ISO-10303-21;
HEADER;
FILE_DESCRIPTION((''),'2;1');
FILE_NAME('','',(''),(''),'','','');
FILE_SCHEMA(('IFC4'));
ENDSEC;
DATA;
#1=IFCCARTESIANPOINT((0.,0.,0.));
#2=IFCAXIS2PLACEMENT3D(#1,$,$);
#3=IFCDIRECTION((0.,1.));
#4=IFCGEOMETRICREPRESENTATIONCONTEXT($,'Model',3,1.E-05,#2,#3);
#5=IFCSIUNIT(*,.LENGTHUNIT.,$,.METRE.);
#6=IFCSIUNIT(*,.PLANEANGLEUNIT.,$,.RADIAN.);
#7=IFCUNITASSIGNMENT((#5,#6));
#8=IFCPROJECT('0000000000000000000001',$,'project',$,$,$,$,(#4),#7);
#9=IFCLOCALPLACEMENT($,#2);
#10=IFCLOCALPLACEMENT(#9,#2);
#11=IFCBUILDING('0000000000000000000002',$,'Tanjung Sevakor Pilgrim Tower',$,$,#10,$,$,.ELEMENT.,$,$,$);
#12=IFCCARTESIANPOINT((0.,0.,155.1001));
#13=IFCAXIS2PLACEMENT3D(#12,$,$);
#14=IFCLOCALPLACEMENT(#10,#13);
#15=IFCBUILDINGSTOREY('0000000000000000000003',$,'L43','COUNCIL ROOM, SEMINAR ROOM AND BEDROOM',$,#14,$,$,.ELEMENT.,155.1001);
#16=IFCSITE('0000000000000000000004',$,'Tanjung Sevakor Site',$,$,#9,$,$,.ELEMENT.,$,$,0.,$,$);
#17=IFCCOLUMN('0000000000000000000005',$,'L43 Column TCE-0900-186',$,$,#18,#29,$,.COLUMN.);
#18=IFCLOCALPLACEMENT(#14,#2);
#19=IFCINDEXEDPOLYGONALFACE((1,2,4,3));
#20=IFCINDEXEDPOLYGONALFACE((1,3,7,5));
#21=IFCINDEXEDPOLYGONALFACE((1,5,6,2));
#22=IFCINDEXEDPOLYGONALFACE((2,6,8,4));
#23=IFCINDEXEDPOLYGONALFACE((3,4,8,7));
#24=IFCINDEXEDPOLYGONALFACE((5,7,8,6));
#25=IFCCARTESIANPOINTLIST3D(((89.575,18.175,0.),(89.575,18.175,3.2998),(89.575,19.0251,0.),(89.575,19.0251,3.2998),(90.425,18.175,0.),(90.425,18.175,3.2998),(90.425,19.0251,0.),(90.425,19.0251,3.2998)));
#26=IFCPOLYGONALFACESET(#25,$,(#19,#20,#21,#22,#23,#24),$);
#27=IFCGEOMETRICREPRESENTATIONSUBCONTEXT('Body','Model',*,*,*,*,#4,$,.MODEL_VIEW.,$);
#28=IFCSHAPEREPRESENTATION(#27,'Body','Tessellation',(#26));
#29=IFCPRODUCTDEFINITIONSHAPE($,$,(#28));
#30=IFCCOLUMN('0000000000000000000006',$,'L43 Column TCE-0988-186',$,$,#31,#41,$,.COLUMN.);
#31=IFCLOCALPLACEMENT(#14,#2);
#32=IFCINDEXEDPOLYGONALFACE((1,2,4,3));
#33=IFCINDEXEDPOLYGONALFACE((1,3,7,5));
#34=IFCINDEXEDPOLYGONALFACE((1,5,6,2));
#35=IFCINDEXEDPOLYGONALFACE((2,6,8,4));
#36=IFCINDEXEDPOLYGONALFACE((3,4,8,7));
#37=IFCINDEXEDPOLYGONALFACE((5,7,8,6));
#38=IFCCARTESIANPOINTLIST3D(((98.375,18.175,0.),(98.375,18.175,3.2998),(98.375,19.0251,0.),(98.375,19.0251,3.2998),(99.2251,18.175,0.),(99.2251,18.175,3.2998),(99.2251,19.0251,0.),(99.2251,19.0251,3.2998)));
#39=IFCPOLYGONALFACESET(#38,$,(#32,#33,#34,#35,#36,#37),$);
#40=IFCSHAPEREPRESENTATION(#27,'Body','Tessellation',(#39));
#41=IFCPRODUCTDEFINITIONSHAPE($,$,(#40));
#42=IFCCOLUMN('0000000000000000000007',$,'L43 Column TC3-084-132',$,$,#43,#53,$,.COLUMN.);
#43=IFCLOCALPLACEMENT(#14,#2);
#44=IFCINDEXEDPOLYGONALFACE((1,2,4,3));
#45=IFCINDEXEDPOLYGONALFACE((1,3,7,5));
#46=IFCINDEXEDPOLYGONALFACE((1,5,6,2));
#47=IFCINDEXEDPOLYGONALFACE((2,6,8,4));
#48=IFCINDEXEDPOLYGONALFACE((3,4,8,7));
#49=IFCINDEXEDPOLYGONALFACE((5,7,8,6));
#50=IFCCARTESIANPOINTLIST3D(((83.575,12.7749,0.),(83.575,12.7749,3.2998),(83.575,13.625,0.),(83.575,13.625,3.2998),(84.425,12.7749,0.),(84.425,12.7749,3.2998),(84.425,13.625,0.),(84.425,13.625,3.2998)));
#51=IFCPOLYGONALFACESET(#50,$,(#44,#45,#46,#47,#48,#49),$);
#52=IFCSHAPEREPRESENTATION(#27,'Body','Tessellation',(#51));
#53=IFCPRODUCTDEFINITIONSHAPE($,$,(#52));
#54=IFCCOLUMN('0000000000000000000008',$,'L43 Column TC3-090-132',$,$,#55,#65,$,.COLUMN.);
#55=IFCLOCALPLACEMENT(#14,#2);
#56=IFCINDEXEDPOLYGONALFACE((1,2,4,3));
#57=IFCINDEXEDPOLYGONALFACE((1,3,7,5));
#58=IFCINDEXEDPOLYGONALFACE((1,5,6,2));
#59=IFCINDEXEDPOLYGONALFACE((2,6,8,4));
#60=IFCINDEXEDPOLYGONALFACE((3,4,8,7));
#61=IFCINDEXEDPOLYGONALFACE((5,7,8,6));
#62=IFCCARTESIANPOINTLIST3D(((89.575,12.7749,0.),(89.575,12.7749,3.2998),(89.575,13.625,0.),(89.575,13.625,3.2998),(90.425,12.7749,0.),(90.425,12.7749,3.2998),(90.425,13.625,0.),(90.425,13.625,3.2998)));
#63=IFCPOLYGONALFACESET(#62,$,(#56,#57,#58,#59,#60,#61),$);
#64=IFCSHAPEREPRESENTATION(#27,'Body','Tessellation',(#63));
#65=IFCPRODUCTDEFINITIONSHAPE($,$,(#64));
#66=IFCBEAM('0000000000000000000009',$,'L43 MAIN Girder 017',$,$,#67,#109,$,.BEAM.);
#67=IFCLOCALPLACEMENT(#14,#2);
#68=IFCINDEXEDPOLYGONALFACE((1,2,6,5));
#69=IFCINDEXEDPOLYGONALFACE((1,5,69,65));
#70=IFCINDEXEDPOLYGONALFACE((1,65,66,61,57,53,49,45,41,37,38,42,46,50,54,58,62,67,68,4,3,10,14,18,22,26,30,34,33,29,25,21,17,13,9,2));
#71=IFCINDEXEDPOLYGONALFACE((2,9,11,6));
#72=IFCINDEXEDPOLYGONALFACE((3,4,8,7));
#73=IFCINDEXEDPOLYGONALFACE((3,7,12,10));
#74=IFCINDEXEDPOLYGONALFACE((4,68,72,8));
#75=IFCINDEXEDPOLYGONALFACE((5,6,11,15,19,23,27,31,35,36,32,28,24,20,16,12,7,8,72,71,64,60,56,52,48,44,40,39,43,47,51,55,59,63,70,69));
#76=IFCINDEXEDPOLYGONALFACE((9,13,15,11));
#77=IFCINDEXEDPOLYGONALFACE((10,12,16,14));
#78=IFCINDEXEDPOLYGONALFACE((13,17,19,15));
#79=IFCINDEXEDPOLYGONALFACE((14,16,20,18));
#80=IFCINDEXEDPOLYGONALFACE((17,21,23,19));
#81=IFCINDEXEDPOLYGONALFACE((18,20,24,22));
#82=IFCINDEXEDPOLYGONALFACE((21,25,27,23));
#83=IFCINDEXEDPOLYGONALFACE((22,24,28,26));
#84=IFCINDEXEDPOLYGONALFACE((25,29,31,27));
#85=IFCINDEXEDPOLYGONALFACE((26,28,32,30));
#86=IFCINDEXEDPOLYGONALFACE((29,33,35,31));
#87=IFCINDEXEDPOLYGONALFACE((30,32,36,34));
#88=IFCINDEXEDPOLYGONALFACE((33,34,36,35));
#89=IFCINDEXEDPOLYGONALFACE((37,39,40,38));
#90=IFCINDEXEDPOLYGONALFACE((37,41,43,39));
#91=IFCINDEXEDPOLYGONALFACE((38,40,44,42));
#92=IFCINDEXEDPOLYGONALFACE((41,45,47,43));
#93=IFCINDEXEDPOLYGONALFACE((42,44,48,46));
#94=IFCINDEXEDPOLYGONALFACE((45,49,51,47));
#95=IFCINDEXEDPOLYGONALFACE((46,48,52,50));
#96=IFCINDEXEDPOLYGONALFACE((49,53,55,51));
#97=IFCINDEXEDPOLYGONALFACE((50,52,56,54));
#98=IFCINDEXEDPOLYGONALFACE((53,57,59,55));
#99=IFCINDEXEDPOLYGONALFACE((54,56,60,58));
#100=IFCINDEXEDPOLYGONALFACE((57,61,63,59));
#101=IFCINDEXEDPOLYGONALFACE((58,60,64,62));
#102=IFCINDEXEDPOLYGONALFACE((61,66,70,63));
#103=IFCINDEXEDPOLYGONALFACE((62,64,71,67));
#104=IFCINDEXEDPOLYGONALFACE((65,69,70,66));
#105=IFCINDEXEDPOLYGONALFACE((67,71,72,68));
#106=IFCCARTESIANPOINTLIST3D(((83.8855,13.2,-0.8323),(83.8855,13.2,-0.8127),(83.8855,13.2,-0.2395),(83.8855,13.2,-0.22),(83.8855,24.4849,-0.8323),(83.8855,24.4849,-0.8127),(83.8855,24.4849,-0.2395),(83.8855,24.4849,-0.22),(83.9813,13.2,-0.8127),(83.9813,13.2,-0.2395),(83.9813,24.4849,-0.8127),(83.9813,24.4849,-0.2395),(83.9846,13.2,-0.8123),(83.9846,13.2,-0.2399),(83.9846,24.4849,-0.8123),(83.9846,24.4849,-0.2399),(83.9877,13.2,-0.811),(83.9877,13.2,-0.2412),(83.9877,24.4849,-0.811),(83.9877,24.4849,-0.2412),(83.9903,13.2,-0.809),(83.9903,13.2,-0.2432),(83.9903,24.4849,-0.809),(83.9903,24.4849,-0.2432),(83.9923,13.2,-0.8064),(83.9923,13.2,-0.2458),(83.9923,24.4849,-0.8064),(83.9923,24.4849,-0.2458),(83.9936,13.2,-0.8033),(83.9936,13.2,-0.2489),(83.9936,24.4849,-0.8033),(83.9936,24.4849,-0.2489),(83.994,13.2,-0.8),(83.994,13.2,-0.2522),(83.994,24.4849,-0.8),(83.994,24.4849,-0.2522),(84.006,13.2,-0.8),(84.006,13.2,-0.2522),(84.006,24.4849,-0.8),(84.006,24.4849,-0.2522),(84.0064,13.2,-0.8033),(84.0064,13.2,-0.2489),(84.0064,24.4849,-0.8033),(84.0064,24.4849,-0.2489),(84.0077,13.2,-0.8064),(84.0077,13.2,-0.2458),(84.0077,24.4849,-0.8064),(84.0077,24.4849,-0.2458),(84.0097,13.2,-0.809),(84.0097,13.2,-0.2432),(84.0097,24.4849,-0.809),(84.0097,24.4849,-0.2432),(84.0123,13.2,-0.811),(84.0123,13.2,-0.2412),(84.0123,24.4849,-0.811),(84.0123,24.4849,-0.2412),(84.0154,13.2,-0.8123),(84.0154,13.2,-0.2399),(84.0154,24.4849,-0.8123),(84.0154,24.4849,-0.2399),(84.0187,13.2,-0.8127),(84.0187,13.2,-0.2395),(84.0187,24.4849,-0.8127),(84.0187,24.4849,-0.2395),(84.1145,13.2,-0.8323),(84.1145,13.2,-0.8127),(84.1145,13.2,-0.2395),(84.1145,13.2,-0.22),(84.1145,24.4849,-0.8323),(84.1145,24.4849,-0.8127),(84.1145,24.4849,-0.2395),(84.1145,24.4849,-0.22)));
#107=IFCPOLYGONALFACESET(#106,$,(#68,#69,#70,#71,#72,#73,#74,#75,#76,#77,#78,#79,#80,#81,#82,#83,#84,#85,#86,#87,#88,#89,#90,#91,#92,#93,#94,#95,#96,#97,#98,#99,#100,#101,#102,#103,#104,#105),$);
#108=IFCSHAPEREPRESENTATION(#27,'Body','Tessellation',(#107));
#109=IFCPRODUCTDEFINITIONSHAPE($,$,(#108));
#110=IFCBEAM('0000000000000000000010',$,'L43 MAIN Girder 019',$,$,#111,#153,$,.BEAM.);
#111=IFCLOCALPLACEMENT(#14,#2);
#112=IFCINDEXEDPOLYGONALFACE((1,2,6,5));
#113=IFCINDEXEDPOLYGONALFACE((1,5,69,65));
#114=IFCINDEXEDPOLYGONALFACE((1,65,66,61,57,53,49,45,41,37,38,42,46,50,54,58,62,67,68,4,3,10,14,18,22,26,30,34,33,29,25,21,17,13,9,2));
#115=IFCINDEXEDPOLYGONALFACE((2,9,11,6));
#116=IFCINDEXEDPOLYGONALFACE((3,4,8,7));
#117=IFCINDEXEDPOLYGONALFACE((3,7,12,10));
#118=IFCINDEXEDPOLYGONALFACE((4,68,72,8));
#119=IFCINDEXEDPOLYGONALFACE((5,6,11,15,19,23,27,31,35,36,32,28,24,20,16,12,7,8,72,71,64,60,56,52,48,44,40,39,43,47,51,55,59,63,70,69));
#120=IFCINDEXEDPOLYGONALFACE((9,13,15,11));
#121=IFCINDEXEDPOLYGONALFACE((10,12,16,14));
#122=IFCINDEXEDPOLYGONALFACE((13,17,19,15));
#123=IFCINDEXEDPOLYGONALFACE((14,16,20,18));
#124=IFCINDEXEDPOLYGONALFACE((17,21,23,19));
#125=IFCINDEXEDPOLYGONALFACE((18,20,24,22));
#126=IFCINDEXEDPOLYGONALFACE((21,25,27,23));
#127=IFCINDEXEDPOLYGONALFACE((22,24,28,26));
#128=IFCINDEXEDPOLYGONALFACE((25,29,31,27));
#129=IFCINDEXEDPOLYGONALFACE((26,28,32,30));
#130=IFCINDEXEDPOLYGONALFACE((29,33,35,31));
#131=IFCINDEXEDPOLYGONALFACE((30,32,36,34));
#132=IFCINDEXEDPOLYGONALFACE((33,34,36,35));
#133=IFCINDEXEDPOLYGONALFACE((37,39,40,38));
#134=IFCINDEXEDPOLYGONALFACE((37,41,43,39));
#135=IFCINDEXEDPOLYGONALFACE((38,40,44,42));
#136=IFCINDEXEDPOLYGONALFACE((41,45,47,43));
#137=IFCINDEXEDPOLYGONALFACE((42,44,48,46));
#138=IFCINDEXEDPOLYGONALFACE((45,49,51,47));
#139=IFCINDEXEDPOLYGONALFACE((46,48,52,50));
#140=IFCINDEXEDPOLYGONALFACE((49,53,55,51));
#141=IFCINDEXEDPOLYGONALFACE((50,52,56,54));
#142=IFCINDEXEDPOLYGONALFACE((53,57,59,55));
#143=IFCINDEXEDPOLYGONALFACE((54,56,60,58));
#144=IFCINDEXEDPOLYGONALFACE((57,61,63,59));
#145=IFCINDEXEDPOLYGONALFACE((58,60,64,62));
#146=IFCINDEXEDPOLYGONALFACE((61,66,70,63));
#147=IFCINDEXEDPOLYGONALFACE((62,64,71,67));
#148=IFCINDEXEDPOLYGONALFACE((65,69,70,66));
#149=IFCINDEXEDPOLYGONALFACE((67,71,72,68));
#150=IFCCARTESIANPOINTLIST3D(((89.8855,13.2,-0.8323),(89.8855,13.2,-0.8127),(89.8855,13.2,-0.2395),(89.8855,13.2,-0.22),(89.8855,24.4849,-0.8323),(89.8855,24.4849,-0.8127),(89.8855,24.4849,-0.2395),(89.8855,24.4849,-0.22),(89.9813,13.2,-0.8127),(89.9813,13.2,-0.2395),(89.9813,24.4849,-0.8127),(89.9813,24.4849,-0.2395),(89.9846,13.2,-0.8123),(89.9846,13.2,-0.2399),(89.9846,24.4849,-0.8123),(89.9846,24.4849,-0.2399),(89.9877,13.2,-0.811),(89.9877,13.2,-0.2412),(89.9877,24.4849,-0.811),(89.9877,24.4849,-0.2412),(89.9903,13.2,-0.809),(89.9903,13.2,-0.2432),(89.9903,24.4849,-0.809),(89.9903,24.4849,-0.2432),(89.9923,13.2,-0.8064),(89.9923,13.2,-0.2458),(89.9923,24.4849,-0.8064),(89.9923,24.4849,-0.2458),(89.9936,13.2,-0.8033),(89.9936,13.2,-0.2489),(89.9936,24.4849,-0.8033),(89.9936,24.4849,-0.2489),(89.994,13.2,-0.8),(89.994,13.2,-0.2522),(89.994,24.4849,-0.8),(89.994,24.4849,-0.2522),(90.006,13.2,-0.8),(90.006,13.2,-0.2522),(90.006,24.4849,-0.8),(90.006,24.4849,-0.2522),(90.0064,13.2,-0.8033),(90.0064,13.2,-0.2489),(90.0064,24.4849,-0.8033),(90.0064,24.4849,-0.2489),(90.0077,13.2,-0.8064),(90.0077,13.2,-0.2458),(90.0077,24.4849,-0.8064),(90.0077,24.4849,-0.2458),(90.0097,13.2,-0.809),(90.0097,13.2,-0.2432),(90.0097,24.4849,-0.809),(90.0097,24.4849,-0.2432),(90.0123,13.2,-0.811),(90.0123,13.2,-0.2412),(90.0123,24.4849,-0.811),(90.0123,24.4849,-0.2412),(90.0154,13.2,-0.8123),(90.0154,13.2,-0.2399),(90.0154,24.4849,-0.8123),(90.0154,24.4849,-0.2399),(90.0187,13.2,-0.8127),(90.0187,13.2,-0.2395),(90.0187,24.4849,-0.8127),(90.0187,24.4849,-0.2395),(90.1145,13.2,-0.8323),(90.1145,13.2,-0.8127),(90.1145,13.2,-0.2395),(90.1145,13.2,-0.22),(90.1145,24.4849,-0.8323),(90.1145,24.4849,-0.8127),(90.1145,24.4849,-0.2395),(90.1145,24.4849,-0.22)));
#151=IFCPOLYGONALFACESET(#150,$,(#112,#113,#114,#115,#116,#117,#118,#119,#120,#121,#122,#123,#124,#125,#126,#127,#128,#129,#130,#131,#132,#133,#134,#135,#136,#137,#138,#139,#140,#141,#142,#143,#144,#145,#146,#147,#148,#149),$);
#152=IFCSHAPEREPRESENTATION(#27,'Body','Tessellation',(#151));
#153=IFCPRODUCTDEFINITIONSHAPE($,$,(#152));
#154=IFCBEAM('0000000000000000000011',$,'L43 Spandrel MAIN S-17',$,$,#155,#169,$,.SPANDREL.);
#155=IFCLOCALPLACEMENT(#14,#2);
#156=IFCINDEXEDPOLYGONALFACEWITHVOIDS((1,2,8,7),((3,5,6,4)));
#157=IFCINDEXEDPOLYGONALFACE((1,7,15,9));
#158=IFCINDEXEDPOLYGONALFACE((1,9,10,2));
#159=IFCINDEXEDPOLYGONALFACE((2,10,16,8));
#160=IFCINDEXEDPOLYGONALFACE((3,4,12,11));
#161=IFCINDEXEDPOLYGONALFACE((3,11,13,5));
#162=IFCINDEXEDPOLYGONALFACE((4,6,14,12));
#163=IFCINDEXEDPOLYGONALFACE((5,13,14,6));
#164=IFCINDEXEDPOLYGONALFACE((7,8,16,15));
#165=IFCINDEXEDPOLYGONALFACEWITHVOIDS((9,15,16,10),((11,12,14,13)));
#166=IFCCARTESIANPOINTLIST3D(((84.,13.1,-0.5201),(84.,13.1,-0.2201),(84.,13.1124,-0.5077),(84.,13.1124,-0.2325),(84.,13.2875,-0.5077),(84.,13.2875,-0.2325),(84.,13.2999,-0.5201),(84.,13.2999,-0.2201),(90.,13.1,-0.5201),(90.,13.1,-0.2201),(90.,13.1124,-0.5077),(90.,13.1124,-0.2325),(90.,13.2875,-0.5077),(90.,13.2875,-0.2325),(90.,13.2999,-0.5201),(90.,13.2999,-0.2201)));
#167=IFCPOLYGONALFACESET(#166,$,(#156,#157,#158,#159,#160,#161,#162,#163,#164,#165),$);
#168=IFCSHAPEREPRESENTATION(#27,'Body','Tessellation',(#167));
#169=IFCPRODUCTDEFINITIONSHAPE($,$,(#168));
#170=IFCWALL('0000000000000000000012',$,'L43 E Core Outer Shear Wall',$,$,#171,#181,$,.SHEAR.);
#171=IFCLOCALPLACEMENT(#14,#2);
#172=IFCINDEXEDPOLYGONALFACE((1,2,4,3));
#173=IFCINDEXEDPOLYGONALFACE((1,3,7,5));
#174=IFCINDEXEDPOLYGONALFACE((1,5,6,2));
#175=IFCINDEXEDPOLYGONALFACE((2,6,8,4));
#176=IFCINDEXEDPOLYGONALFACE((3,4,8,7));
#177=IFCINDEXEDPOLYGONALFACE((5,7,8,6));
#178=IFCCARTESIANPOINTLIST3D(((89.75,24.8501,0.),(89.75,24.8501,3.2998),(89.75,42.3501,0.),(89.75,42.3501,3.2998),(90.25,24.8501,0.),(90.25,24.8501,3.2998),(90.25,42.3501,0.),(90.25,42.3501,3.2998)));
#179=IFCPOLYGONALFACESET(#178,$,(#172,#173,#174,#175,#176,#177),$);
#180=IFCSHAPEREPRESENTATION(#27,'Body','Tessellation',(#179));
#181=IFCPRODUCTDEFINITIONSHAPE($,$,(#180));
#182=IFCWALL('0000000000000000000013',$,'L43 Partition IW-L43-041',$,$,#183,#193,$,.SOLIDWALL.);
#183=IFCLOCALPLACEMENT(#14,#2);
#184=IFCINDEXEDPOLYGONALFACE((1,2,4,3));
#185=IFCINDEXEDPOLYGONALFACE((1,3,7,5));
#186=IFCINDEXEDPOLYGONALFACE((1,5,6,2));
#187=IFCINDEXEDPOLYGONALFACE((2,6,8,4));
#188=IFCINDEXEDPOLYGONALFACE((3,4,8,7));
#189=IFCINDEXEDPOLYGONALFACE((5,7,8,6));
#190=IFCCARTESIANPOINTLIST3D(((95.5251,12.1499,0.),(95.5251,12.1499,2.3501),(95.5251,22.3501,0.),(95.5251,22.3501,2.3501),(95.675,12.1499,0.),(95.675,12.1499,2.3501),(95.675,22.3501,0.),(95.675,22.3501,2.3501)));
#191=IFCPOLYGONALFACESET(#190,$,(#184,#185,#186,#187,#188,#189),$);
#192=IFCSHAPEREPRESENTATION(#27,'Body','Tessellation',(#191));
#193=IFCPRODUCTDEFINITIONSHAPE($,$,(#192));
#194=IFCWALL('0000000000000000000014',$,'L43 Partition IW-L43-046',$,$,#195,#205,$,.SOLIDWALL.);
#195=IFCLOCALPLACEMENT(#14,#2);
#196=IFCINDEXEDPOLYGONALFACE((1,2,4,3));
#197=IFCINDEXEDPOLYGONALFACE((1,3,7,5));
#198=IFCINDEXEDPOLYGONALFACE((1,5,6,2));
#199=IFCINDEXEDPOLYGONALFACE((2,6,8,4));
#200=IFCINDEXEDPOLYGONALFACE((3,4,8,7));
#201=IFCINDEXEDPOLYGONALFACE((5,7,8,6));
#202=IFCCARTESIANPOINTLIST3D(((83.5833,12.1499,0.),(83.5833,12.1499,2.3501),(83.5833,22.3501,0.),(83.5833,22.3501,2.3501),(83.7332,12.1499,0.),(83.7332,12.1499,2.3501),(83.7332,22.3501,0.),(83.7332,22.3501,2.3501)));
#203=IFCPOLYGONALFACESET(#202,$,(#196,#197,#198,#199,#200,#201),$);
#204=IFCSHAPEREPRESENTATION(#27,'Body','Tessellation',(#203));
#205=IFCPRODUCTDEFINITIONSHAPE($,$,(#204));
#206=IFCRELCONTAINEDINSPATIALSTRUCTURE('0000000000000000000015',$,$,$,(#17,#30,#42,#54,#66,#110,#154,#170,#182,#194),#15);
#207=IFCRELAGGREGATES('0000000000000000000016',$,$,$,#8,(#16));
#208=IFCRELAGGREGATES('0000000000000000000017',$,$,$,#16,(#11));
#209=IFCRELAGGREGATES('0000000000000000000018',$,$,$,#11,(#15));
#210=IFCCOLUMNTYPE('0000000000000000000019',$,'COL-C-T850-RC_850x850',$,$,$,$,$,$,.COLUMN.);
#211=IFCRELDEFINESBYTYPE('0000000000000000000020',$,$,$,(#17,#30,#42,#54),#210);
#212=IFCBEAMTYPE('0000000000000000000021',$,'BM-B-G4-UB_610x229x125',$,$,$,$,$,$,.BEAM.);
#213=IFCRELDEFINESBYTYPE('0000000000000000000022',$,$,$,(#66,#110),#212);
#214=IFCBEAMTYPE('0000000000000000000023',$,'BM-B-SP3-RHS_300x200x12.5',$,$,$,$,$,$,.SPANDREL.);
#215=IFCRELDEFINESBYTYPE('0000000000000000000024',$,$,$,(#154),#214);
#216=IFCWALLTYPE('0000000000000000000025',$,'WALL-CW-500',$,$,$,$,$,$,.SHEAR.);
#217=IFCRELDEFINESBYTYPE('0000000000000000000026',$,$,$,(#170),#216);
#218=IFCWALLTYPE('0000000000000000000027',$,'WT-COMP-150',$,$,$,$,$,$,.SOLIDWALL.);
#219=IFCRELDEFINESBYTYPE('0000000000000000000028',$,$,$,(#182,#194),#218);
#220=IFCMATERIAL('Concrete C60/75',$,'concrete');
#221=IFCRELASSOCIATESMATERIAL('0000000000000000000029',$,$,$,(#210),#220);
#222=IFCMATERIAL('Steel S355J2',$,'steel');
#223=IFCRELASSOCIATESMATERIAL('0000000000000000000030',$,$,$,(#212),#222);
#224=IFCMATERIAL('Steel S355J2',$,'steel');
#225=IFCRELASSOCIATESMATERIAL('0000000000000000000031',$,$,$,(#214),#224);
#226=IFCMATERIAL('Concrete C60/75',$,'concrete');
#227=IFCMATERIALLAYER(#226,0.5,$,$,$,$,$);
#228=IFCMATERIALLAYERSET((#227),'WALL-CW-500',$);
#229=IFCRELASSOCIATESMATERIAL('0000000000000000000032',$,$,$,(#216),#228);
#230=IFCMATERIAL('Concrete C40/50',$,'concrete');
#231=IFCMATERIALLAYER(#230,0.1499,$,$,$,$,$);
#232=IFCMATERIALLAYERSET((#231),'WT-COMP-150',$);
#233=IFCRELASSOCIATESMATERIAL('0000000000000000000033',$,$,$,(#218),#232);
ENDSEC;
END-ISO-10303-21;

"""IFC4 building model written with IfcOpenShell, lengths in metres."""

from ifc_helpers import new_model, si_unit, direction, frame, frame_2d, origin, origin_2d, place, context, subcontext, project, spatial, rectangle, hollow_rectangle, i_section, extrude, material, layer, layer_set, material_profile, profile_set, type_object, element, save


model = new_model("IFC4")

# Units and contexts
model_context = context("Model", 3, precision=1e-05, world=origin(), true_north=direction((0.0, 1.0)))
body_context = subcontext(model_context, "Body", "Model", "MODEL_VIEW")
ifc_project = project(units=[si_unit("LENGTHUNIT", "METRE"), si_unit("PLANEANGLEUNIT", "RADIAN")], contexts=[model_context])

# Site, building, storey
site_placement = place(None, origin())
site = spatial("IfcSite", under=ifc_project, at=site_placement, Name="Tanjung Sevakor Site", CompositionType="ELEMENT", RefElevation=0.0)
building_placement = place(site_placement, origin())
building = spatial("IfcBuilding", under=site, at=building_placement, Name="Tanjung Sevakor Pilgrim Tower", CompositionType="ELEMENT")
storey_placement = place(building_placement, frame((0.0, 0.0, 155.1001)))
storey = spatial("IfcBuildingStorey", under=building, at=storey_placement, Name="L43", Description="COUNCIL ROOM, SEMINAR ROOM AND BEDROOM", CompositionType="ELEMENT", Elevation=155.1001)

# Columns
ifc_material_1 = material(Name="Concrete C60/75", Category="concrete")
ifc_material_profile_1 = material_profile(ifc_material_1, rectangle(XDim=0.8501, YDim=0.8501, at=origin_2d()))
ifc_profile_set_1 = profile_set([ifc_material_profile_1], Name="Concrete C60/75")
column_type = type_object("IfcColumnType", Name="COL-C-T850-RC_850x850", PredefinedType="COLUMN", material=ifc_profile_set_1)
for number, where, z_axis, x_axis, name in (
    (1, (90.0, 18.6001, 0.0), (0.0, 0.0, 1.0), (1.0, 0.0, 0.0), "L43 Column TCE-0900-186"),
    (2, (98.8, 18.6001, 0.0), (0.0, 0.0, 1.0), (1.0, 0.0, 0.0), "L43 Column TCE-0988-186"),
    (3, (84.0, 13.2, 0.0), (0.0, 0.0, 1.0), (1.0, 0.0, 0.0), "L43 Column TC3-084-132"),
    (4, (90.0, 13.2, 0.0), (0.0, 0.0, 1.0), (1.0, 0.0, 0.0), "L43 Column TC3-090-132"),
):
    element("IfcColumn", number, at=place(storey_placement, frame(where, z_axis=z_axis, x_axis=x_axis)), inside=storey, type_object=column_type, Name=name, PredefinedType="COLUMN", context=body_context, shape_type="SweptSolid", body=[
        extrude(rectangle(XDim=0.8501, YDim=0.8501, at=origin_2d()), origin(), (0.0, 0.0, 1.0), 3.2998),
    ])

# Beams
ifc_material_2 = material(Name="Steel S355J2", Category="steel")
ifc_material_profile_2 = material_profile(ifc_material_2, i_section(OverallWidth=0.229, OverallDepth=0.6123, WebThickness=0.012, FlangeThickness=0.0195, FilletRadius=0.0127, at=origin_2d()))
ifc_profile_set_2 = profile_set([ifc_material_profile_2], Name="Steel S355J2")
beam_type_1 = type_object("IfcBeamType", Name="BM-B-G4-UB_610x229x125", PredefinedType="BEAM", material=ifc_profile_set_2)
for number, where, z_axis, x_axis, name in (
    (5, (84.0, 13.2, -0.5261), (0.0, 1.0, 0.0), (-1.0, 0.0, 0.0), "L43 MAIN Girder 017"),
    (6, (90.0, 13.2, -0.5261), (0.0, 1.0, 0.0), (-1.0, 0.0, 0.0), "L43 MAIN Girder 019"),
):
    element("IfcBeam", number, at=place(storey_placement, frame(where, z_axis=z_axis, x_axis=x_axis)), inside=storey, type_object=beam_type_1, Name=name, PredefinedType="BEAM", context=body_context, shape_type="SweptSolid", body=[
        extrude(i_section(OverallWidth=0.229, OverallDepth=0.6123, WebThickness=0.012, FlangeThickness=0.0195, FilletRadius=0.0127, at=origin_2d()), origin(), (0.0, 0.0, 1.0), 11.2849),
    ])
ifc_material_3 = material(Name="Steel S355J2", Category="steel")
ifc_material_profile_3 = material_profile(ifc_material_3, hollow_rectangle(XDim=0.2, YDim=0.3, WallThickness=0.0125, at=origin_2d()))
ifc_profile_set_3 = profile_set([ifc_material_profile_3], Name="Steel S355J2")
beam_type_2 = type_object("IfcBeamType", Name="BM-B-SP3-RHS_300x200x12.5", PredefinedType="SPANDREL", material=ifc_profile_set_3)
beam_placement = place(storey_placement, frame((84.0, 13.2, -0.3701), z_axis=(1.0, 0.0, 0.0), x_axis=(0.0, 1.0, 0.0)))
element("IfcBeam", 7, at=beam_placement, inside=storey, type_object=beam_type_2, Name="L43 Spandrel MAIN S-17", PredefinedType="SPANDREL", context=body_context, shape_type="SweptSolid", body=[
    extrude(hollow_rectangle(XDim=0.2, YDim=0.3, WallThickness=0.0125, at=origin_2d()), origin(), (0.0, 0.0, 1.0), 6.0),
])

# Wall
ifc_material_4 = material(Name="Concrete C60/75", Category="concrete")
ifc_layer_1 = layer(ifc_material_4, 0.5)
ifc_layer_set_1 = layer_set([ifc_layer_1], Name="WALL-CW-500")
wall_type_1 = type_object("IfcWallType", Name="WALL-CW-500", PredefinedType="SHEAR", material=ifc_layer_set_1)
wall_1_placement = place(storey_placement, frame((90.0, 24.8501, 0.0), z_axis=(0.0, 0.0, 1.0), x_axis=(0.0, 1.0, 0.0)))
element("IfcWall", 8, at=wall_1_placement, inside=storey, type_object=wall_type_1, Name="L43 E Core Outer Shear Wall", PredefinedType="SHEAR", context=body_context, shape_type="SweptSolid", body=[
    extrude(rectangle(XDim=17.5, YDim=0.5, at=frame_2d((8.75, 0.0))), origin(), (0.0, 0.0, 1.0), 3.2998),
])

# Walls
ifc_material_5 = material(Name="Concrete C40/50", Category="concrete")
ifc_layer_2 = layer(ifc_material_5, 0.1499)
ifc_layer_set_2 = layer_set([ifc_layer_2], Name="WT-COMP-150")
wall_type_2 = type_object("IfcWallType", Name="WT-COMP-150", PredefinedType="SOLIDWALL", material=ifc_layer_set_2)
for number, where, z_axis, x_axis, name in (
    (9, (95.6001, 12.1499, 0.0), (0.0, 0.0, 1.0), (0.0, 1.0, 0.0), "L43 Partition IW-L43-041"),
    (10, (83.6582, 12.1499, 0.0), (0.0, 0.0, 1.0), (0.0, 1.0, 0.0), "L43 Partition IW-L43-046"),
):
    element("IfcWall", number, at=place(storey_placement, frame(where, z_axis=z_axis, x_axis=x_axis)), inside=storey, type_object=wall_type_2, Name=name, PredefinedType="SOLIDWALL", context=body_context, shape_type="SweptSolid", body=[
        extrude(rectangle(XDim=10.2002, YDim=0.1499, at=frame_2d((5.1001, 0.0))), origin(), (0.0, 0.0, 1.0), 2.3501),
    ])

save(model, "model.ifc")
